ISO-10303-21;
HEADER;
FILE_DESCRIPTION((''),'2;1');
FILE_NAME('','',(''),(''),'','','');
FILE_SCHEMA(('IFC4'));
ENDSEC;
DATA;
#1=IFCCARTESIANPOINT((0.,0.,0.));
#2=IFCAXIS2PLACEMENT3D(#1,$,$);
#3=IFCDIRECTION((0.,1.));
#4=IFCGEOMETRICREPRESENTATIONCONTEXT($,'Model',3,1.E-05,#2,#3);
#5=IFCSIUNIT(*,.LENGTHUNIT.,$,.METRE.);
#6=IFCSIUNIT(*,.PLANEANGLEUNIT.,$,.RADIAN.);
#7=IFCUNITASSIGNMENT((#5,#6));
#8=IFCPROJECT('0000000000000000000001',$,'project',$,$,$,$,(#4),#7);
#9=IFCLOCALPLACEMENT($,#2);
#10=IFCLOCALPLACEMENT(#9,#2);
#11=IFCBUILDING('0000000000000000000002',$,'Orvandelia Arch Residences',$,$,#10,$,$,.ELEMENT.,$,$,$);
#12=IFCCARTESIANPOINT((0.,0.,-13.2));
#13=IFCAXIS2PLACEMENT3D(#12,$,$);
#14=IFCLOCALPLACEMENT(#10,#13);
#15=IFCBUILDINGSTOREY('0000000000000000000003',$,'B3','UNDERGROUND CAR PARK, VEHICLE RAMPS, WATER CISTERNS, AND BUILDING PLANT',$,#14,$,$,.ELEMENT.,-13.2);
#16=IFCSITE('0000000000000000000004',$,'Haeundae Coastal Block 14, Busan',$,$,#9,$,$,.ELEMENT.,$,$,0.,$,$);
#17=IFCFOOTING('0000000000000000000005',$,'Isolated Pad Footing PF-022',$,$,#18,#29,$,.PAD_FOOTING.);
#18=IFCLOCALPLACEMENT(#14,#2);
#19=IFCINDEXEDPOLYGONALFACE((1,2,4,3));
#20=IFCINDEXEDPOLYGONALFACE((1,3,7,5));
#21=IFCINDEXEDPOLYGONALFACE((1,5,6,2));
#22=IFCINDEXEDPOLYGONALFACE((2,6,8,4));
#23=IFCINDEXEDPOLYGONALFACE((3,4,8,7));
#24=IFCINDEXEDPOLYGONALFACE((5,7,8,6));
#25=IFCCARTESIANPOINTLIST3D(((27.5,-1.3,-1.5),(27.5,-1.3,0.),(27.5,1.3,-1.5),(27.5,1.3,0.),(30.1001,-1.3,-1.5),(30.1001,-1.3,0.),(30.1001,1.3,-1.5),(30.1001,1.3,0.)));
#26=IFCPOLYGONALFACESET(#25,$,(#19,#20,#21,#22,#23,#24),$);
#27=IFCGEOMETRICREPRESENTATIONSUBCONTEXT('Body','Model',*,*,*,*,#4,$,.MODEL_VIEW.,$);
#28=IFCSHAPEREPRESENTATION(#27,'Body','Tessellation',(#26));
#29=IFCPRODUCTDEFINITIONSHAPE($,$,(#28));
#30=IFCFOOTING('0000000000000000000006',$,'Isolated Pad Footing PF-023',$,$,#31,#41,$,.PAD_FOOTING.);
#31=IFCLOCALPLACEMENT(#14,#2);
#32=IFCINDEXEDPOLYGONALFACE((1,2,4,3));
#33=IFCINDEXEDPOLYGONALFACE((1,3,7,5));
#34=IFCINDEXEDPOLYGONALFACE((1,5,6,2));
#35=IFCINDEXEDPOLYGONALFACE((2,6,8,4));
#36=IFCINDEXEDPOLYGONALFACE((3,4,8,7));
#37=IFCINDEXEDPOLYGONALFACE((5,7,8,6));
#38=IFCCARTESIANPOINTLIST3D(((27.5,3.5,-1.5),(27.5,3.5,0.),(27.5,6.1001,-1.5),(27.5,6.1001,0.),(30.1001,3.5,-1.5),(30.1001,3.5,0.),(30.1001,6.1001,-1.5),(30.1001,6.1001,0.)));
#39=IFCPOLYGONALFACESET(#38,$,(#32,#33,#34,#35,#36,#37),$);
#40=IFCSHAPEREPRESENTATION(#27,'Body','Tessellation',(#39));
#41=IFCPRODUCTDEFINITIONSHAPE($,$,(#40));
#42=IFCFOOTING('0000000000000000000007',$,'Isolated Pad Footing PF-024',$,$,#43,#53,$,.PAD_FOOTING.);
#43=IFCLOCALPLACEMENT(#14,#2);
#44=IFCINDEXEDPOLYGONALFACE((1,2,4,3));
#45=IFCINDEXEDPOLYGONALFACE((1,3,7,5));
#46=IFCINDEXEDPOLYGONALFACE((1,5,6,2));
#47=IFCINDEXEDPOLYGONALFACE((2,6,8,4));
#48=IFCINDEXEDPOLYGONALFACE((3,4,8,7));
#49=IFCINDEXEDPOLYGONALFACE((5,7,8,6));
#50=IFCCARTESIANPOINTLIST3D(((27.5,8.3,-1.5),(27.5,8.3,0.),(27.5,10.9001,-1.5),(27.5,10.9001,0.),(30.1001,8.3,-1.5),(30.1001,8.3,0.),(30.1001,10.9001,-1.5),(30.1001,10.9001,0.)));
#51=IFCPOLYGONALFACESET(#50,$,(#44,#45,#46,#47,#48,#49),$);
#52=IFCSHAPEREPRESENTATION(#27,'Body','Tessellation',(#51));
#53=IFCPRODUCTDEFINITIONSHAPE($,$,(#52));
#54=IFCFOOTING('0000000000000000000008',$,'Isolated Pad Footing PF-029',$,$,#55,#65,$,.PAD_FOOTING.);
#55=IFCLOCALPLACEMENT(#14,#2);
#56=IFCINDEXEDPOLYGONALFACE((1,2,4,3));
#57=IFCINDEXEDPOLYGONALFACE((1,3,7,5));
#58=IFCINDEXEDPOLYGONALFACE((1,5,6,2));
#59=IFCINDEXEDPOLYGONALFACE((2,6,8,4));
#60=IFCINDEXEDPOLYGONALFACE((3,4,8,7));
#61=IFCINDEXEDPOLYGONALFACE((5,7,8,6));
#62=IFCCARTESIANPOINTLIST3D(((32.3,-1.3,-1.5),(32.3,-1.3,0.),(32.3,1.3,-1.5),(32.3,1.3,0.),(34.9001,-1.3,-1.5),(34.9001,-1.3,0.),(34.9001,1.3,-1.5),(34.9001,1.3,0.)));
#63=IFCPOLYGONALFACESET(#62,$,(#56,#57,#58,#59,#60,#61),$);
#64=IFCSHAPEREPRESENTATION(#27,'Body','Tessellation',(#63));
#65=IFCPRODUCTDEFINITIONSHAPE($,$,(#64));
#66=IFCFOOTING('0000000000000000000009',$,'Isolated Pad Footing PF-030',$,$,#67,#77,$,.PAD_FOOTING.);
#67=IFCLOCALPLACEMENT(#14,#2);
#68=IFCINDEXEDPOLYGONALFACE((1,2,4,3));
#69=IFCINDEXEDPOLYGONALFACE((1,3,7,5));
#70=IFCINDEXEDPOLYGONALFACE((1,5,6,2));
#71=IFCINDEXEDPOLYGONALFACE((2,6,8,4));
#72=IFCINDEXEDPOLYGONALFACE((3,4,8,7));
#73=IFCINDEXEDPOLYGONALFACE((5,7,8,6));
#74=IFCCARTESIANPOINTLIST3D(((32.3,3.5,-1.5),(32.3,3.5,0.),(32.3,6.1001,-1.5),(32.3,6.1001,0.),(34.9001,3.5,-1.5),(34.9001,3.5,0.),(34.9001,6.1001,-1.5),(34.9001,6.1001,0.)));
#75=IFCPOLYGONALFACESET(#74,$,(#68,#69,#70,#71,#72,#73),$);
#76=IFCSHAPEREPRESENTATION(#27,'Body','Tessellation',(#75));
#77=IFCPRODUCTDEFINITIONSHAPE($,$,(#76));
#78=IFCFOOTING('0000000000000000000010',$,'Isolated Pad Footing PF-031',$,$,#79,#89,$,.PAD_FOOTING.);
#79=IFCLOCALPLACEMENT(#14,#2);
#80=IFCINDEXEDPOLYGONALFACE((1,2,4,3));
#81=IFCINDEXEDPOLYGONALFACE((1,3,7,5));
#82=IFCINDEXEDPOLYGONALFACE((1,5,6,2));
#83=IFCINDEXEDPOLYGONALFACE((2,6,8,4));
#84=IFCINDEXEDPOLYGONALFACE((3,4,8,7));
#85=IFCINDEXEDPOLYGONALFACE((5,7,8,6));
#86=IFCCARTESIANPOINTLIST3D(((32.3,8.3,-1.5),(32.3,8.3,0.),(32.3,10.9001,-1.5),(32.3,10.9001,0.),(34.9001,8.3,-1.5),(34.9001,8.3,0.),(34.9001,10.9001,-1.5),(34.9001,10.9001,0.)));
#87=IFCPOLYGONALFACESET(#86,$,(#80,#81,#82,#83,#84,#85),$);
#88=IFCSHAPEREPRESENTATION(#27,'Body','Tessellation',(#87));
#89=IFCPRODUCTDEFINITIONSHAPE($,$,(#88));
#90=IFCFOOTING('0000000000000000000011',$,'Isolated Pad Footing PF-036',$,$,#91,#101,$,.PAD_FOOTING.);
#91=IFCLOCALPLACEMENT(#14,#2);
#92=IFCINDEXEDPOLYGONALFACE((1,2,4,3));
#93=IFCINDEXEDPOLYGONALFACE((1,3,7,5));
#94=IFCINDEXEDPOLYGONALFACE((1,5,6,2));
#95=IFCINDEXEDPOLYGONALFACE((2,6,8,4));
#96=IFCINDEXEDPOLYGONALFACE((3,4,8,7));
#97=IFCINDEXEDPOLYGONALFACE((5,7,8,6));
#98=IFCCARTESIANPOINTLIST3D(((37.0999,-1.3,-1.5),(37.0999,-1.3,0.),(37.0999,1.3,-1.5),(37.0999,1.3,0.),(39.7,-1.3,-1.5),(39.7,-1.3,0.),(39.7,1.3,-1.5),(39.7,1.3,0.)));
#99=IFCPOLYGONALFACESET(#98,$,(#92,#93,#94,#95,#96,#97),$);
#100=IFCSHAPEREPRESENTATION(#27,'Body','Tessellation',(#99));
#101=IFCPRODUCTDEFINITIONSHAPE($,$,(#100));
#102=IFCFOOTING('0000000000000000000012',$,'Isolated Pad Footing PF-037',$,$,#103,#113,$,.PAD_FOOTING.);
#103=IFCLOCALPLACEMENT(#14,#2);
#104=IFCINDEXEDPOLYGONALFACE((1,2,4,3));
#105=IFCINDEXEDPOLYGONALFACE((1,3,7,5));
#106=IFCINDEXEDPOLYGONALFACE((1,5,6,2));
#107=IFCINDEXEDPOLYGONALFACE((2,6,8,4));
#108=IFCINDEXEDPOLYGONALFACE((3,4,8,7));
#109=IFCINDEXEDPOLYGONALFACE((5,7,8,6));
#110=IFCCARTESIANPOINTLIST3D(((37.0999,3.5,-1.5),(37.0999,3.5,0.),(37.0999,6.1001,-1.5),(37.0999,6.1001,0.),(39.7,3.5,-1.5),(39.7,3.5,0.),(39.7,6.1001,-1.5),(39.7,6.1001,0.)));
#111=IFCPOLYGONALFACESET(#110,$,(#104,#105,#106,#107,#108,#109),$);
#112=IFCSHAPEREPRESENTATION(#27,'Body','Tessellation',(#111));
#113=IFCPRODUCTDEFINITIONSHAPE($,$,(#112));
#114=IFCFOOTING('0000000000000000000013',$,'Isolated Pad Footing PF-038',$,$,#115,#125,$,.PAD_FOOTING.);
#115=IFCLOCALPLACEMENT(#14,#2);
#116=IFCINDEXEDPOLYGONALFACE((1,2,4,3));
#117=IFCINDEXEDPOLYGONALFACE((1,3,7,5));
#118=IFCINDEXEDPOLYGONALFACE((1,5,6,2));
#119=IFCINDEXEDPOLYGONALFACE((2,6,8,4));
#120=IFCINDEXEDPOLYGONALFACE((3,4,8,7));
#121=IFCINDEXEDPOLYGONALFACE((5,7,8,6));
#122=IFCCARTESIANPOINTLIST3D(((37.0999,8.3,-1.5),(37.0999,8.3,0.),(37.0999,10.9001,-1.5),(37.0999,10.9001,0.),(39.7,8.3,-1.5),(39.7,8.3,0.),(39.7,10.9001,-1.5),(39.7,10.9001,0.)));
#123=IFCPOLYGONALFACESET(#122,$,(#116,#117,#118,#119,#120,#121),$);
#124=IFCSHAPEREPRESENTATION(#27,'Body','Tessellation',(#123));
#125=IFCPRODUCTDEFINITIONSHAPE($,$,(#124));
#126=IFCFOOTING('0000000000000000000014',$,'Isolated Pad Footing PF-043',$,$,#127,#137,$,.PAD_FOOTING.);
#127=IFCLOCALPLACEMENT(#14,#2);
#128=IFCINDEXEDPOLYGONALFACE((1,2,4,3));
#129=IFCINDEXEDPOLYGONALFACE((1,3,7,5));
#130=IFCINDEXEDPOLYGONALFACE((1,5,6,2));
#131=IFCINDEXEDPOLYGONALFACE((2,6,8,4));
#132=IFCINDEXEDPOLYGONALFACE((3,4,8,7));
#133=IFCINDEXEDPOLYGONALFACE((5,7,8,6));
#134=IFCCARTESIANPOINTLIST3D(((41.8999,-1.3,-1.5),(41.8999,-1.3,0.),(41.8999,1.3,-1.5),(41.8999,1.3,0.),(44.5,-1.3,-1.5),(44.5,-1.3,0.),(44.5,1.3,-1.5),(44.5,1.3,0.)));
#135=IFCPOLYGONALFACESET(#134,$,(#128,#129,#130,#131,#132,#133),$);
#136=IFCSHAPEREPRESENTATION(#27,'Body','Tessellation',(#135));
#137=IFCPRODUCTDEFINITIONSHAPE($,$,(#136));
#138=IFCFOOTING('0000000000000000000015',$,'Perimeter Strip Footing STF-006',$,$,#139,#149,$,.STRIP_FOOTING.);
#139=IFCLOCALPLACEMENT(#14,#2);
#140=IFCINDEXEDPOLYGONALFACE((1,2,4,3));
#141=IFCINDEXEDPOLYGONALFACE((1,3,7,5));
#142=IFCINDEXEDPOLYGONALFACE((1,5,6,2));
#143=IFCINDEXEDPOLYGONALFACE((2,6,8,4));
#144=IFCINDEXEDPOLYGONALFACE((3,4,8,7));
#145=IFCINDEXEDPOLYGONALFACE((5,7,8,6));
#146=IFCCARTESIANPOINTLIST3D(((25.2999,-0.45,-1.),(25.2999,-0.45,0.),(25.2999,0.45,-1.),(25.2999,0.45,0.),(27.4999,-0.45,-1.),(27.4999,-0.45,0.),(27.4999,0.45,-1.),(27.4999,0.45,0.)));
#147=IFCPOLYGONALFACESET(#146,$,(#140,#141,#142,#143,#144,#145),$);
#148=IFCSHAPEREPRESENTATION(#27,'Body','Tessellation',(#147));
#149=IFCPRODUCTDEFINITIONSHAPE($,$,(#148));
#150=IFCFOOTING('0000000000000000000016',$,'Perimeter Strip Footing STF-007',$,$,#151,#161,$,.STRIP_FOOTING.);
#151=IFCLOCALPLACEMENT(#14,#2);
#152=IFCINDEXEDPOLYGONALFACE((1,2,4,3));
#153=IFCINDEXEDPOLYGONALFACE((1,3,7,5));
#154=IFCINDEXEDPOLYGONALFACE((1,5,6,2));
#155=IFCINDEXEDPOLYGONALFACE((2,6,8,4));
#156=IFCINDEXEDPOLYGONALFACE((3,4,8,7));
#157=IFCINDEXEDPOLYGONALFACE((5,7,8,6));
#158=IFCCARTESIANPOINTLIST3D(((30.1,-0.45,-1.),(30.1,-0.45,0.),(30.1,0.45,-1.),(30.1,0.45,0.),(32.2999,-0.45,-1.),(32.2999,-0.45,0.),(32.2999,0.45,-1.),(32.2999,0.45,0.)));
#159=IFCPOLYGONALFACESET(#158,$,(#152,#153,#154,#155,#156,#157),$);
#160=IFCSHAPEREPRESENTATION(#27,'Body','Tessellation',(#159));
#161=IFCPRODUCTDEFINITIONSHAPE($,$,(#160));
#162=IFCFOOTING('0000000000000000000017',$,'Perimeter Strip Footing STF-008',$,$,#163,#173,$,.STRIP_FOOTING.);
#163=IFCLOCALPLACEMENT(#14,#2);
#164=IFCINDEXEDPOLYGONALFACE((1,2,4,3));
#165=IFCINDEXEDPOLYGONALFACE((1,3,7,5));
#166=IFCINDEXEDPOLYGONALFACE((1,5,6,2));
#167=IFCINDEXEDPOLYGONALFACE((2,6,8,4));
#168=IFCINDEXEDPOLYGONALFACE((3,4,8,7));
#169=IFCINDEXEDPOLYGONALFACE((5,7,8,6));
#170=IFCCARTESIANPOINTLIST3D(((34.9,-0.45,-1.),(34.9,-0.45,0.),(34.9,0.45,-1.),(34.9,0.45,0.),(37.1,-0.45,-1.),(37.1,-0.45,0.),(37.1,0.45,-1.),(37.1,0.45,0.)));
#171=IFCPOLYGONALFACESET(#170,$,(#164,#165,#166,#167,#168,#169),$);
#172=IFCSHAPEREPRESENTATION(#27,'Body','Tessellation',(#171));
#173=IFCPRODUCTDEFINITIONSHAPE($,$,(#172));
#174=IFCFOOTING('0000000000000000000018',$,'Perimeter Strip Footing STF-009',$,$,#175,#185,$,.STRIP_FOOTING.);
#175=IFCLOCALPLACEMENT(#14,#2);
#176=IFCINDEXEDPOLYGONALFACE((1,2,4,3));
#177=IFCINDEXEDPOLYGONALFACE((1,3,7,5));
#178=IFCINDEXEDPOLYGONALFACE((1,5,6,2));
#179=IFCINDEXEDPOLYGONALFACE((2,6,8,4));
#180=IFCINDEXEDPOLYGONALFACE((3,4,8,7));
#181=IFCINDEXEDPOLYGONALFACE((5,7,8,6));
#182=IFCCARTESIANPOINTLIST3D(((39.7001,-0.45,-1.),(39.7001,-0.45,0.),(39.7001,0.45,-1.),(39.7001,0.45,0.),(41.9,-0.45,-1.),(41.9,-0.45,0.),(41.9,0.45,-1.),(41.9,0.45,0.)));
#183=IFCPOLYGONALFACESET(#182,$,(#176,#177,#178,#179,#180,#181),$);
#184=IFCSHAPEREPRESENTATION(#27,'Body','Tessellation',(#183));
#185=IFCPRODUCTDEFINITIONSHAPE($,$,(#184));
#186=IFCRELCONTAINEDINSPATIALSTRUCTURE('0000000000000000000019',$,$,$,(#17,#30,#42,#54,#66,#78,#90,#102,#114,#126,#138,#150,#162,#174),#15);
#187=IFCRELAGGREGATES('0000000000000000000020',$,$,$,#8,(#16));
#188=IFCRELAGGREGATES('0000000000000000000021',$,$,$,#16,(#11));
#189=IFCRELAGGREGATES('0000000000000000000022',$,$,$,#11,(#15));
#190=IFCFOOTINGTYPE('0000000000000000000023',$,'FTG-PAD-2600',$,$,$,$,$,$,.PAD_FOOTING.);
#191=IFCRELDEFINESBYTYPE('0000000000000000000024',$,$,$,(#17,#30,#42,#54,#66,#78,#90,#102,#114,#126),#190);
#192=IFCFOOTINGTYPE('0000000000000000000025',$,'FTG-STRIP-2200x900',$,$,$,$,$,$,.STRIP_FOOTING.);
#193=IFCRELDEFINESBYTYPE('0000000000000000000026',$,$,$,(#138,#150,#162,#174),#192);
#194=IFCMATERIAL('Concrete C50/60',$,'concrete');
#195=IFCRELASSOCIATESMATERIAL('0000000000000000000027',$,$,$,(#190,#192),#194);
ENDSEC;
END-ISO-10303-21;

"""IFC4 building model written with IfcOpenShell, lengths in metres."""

from ifc_helpers import new_model, si_unit, direction, frame, origin, origin_2d, place, context, subcontext, project, spatial, rectangle, extrude, material, type_object, element, save


model = new_model("IFC4")

# Units and contexts
model_context = context("Model", 3, precision=1e-05, world=origin(), true_north=direction((0.0, 1.0)))
body_context = subcontext(model_context, "Body", "Model", "MODEL_VIEW")
ifc_project = project(units=[si_unit("LENGTHUNIT", "METRE"), si_unit("PLANEANGLEUNIT", "RADIAN")], contexts=[model_context])

# Site, building, storey
site_placement = place(None, origin())
site = spatial("IfcSite", under=ifc_project, at=site_placement, Name="Haeundae Coastal Block 14, Busan", CompositionType="ELEMENT", RefElevation=0.0)
building_placement = place(site_placement, origin())
building = spatial("IfcBuilding", under=site, at=building_placement, Name="Orvandelia Arch Residences", CompositionType="ELEMENT")
storey_placement = place(building_placement, frame((0.0, 0.0, -13.2)))
storey = spatial("IfcBuildingStorey", under=building, at=storey_placement, Name="B3", Description="UNDERGROUND CAR PARK, VEHICLE RAMPS, WATER CISTERNS, AND BUILDING PLANT", CompositionType="ELEMENT", Elevation=-13.2)

# Footings
ifc_material_1 = material(Name="Concrete C50/60", Category="concrete")
footing_type_1 = type_object("IfcFootingType", Name="FTG-PAD-2600", PredefinedType="PAD_FOOTING", material=ifc_material_1)
for number, where, z_axis, x_axis, name in (
    (1, (28.8, 0.0, -1.5), (0.0, 0.0, 1.0), (1.0, 0.0, 0.0), "Isolated Pad Footing PF-022"),
    (2, (28.8, 4.8, -1.5), (0.0, 0.0, 1.0), (1.0, 0.0, 0.0), "Isolated Pad Footing PF-023"),
    (3, (28.8, 9.6001, -1.5), (0.0, 0.0, 1.0), (1.0, 0.0, 0.0), "Isolated Pad Footing PF-024"),
    (4, (33.6001, 0.0, -1.5), (0.0, 0.0, 1.0), (1.0, 0.0, 0.0), "Isolated Pad Footing PF-029"),
    (5, (33.6001, 4.8, -1.5), (0.0, 0.0, 1.0), (1.0, 0.0, 0.0), "Isolated Pad Footing PF-030"),
    (6, (33.6001, 9.6001, -1.5), (0.0, 0.0, 1.0), (1.0, 0.0, 0.0), "Isolated Pad Footing PF-031"),
    (7, (38.3999, 0.0, -1.5), (0.0, 0.0, 1.0), (1.0, 0.0, 0.0), "Isolated Pad Footing PF-036"),
    (8, (38.3999, 4.8, -1.5), (0.0, 0.0, 1.0), (1.0, 0.0, 0.0), "Isolated Pad Footing PF-037"),
    (9, (38.3999, 9.6001, -1.5), (0.0, 0.0, 1.0), (1.0, 0.0, 0.0), "Isolated Pad Footing PF-038"),
    (10, (43.2, 0.0, -1.5), (0.0, 0.0, 1.0), (1.0, 0.0, 0.0), "Isolated Pad Footing PF-043"),
):
    element("IfcFooting", number, at=place(storey_placement, frame(where, z_axis=z_axis, x_axis=x_axis)), inside=storey, type_object=footing_type_1, Name=name, PredefinedType="PAD_FOOTING", context=body_context, shape_type="SweptSolid", body=[
        extrude(rectangle(XDim=2.6001, YDim=2.6001, at=origin_2d()), origin(), (0.0, 0.0, 1.0), 1.5),
    ])
footing_type_2 = type_object("IfcFootingType", Name="FTG-STRIP-2200x900", PredefinedType="STRIP_FOOTING", material=ifc_material_1)
for number, where, z_axis, x_axis, name in (
    (11, (26.3999, 0.0, -1.0), (0.0, 0.0, 1.0), (1.0, 0.0, 0.0), "Perimeter Strip Footing STF-006"),
    (12, (31.2, 0.0, -1.0), (0.0, 0.0, 1.0), (1.0, 0.0, 0.0), "Perimeter Strip Footing STF-007"),
    (13, (36.0, 0.0, -1.0), (0.0, 0.0, 1.0), (1.0, 0.0, 0.0), "Perimeter Strip Footing STF-008"),
    (14, (40.8, 0.0, -1.0), (0.0, 0.0, 1.0), (1.0, 0.0, 0.0), "Perimeter Strip Footing STF-009"),
):
    element("IfcFooting", number, at=place(storey_placement, frame(where, z_axis=z_axis, x_axis=x_axis)), inside=storey, type_object=footing_type_2, Name=name, PredefinedType="STRIP_FOOTING", context=body_context, shape_type="SweptSolid", body=[
        extrude(rectangle(XDim=2.2, YDim=0.8999, at=origin_2d()), origin(), (0.0, 0.0, 1.0), 1.0),
    ])

save(model, "model.ifc")
